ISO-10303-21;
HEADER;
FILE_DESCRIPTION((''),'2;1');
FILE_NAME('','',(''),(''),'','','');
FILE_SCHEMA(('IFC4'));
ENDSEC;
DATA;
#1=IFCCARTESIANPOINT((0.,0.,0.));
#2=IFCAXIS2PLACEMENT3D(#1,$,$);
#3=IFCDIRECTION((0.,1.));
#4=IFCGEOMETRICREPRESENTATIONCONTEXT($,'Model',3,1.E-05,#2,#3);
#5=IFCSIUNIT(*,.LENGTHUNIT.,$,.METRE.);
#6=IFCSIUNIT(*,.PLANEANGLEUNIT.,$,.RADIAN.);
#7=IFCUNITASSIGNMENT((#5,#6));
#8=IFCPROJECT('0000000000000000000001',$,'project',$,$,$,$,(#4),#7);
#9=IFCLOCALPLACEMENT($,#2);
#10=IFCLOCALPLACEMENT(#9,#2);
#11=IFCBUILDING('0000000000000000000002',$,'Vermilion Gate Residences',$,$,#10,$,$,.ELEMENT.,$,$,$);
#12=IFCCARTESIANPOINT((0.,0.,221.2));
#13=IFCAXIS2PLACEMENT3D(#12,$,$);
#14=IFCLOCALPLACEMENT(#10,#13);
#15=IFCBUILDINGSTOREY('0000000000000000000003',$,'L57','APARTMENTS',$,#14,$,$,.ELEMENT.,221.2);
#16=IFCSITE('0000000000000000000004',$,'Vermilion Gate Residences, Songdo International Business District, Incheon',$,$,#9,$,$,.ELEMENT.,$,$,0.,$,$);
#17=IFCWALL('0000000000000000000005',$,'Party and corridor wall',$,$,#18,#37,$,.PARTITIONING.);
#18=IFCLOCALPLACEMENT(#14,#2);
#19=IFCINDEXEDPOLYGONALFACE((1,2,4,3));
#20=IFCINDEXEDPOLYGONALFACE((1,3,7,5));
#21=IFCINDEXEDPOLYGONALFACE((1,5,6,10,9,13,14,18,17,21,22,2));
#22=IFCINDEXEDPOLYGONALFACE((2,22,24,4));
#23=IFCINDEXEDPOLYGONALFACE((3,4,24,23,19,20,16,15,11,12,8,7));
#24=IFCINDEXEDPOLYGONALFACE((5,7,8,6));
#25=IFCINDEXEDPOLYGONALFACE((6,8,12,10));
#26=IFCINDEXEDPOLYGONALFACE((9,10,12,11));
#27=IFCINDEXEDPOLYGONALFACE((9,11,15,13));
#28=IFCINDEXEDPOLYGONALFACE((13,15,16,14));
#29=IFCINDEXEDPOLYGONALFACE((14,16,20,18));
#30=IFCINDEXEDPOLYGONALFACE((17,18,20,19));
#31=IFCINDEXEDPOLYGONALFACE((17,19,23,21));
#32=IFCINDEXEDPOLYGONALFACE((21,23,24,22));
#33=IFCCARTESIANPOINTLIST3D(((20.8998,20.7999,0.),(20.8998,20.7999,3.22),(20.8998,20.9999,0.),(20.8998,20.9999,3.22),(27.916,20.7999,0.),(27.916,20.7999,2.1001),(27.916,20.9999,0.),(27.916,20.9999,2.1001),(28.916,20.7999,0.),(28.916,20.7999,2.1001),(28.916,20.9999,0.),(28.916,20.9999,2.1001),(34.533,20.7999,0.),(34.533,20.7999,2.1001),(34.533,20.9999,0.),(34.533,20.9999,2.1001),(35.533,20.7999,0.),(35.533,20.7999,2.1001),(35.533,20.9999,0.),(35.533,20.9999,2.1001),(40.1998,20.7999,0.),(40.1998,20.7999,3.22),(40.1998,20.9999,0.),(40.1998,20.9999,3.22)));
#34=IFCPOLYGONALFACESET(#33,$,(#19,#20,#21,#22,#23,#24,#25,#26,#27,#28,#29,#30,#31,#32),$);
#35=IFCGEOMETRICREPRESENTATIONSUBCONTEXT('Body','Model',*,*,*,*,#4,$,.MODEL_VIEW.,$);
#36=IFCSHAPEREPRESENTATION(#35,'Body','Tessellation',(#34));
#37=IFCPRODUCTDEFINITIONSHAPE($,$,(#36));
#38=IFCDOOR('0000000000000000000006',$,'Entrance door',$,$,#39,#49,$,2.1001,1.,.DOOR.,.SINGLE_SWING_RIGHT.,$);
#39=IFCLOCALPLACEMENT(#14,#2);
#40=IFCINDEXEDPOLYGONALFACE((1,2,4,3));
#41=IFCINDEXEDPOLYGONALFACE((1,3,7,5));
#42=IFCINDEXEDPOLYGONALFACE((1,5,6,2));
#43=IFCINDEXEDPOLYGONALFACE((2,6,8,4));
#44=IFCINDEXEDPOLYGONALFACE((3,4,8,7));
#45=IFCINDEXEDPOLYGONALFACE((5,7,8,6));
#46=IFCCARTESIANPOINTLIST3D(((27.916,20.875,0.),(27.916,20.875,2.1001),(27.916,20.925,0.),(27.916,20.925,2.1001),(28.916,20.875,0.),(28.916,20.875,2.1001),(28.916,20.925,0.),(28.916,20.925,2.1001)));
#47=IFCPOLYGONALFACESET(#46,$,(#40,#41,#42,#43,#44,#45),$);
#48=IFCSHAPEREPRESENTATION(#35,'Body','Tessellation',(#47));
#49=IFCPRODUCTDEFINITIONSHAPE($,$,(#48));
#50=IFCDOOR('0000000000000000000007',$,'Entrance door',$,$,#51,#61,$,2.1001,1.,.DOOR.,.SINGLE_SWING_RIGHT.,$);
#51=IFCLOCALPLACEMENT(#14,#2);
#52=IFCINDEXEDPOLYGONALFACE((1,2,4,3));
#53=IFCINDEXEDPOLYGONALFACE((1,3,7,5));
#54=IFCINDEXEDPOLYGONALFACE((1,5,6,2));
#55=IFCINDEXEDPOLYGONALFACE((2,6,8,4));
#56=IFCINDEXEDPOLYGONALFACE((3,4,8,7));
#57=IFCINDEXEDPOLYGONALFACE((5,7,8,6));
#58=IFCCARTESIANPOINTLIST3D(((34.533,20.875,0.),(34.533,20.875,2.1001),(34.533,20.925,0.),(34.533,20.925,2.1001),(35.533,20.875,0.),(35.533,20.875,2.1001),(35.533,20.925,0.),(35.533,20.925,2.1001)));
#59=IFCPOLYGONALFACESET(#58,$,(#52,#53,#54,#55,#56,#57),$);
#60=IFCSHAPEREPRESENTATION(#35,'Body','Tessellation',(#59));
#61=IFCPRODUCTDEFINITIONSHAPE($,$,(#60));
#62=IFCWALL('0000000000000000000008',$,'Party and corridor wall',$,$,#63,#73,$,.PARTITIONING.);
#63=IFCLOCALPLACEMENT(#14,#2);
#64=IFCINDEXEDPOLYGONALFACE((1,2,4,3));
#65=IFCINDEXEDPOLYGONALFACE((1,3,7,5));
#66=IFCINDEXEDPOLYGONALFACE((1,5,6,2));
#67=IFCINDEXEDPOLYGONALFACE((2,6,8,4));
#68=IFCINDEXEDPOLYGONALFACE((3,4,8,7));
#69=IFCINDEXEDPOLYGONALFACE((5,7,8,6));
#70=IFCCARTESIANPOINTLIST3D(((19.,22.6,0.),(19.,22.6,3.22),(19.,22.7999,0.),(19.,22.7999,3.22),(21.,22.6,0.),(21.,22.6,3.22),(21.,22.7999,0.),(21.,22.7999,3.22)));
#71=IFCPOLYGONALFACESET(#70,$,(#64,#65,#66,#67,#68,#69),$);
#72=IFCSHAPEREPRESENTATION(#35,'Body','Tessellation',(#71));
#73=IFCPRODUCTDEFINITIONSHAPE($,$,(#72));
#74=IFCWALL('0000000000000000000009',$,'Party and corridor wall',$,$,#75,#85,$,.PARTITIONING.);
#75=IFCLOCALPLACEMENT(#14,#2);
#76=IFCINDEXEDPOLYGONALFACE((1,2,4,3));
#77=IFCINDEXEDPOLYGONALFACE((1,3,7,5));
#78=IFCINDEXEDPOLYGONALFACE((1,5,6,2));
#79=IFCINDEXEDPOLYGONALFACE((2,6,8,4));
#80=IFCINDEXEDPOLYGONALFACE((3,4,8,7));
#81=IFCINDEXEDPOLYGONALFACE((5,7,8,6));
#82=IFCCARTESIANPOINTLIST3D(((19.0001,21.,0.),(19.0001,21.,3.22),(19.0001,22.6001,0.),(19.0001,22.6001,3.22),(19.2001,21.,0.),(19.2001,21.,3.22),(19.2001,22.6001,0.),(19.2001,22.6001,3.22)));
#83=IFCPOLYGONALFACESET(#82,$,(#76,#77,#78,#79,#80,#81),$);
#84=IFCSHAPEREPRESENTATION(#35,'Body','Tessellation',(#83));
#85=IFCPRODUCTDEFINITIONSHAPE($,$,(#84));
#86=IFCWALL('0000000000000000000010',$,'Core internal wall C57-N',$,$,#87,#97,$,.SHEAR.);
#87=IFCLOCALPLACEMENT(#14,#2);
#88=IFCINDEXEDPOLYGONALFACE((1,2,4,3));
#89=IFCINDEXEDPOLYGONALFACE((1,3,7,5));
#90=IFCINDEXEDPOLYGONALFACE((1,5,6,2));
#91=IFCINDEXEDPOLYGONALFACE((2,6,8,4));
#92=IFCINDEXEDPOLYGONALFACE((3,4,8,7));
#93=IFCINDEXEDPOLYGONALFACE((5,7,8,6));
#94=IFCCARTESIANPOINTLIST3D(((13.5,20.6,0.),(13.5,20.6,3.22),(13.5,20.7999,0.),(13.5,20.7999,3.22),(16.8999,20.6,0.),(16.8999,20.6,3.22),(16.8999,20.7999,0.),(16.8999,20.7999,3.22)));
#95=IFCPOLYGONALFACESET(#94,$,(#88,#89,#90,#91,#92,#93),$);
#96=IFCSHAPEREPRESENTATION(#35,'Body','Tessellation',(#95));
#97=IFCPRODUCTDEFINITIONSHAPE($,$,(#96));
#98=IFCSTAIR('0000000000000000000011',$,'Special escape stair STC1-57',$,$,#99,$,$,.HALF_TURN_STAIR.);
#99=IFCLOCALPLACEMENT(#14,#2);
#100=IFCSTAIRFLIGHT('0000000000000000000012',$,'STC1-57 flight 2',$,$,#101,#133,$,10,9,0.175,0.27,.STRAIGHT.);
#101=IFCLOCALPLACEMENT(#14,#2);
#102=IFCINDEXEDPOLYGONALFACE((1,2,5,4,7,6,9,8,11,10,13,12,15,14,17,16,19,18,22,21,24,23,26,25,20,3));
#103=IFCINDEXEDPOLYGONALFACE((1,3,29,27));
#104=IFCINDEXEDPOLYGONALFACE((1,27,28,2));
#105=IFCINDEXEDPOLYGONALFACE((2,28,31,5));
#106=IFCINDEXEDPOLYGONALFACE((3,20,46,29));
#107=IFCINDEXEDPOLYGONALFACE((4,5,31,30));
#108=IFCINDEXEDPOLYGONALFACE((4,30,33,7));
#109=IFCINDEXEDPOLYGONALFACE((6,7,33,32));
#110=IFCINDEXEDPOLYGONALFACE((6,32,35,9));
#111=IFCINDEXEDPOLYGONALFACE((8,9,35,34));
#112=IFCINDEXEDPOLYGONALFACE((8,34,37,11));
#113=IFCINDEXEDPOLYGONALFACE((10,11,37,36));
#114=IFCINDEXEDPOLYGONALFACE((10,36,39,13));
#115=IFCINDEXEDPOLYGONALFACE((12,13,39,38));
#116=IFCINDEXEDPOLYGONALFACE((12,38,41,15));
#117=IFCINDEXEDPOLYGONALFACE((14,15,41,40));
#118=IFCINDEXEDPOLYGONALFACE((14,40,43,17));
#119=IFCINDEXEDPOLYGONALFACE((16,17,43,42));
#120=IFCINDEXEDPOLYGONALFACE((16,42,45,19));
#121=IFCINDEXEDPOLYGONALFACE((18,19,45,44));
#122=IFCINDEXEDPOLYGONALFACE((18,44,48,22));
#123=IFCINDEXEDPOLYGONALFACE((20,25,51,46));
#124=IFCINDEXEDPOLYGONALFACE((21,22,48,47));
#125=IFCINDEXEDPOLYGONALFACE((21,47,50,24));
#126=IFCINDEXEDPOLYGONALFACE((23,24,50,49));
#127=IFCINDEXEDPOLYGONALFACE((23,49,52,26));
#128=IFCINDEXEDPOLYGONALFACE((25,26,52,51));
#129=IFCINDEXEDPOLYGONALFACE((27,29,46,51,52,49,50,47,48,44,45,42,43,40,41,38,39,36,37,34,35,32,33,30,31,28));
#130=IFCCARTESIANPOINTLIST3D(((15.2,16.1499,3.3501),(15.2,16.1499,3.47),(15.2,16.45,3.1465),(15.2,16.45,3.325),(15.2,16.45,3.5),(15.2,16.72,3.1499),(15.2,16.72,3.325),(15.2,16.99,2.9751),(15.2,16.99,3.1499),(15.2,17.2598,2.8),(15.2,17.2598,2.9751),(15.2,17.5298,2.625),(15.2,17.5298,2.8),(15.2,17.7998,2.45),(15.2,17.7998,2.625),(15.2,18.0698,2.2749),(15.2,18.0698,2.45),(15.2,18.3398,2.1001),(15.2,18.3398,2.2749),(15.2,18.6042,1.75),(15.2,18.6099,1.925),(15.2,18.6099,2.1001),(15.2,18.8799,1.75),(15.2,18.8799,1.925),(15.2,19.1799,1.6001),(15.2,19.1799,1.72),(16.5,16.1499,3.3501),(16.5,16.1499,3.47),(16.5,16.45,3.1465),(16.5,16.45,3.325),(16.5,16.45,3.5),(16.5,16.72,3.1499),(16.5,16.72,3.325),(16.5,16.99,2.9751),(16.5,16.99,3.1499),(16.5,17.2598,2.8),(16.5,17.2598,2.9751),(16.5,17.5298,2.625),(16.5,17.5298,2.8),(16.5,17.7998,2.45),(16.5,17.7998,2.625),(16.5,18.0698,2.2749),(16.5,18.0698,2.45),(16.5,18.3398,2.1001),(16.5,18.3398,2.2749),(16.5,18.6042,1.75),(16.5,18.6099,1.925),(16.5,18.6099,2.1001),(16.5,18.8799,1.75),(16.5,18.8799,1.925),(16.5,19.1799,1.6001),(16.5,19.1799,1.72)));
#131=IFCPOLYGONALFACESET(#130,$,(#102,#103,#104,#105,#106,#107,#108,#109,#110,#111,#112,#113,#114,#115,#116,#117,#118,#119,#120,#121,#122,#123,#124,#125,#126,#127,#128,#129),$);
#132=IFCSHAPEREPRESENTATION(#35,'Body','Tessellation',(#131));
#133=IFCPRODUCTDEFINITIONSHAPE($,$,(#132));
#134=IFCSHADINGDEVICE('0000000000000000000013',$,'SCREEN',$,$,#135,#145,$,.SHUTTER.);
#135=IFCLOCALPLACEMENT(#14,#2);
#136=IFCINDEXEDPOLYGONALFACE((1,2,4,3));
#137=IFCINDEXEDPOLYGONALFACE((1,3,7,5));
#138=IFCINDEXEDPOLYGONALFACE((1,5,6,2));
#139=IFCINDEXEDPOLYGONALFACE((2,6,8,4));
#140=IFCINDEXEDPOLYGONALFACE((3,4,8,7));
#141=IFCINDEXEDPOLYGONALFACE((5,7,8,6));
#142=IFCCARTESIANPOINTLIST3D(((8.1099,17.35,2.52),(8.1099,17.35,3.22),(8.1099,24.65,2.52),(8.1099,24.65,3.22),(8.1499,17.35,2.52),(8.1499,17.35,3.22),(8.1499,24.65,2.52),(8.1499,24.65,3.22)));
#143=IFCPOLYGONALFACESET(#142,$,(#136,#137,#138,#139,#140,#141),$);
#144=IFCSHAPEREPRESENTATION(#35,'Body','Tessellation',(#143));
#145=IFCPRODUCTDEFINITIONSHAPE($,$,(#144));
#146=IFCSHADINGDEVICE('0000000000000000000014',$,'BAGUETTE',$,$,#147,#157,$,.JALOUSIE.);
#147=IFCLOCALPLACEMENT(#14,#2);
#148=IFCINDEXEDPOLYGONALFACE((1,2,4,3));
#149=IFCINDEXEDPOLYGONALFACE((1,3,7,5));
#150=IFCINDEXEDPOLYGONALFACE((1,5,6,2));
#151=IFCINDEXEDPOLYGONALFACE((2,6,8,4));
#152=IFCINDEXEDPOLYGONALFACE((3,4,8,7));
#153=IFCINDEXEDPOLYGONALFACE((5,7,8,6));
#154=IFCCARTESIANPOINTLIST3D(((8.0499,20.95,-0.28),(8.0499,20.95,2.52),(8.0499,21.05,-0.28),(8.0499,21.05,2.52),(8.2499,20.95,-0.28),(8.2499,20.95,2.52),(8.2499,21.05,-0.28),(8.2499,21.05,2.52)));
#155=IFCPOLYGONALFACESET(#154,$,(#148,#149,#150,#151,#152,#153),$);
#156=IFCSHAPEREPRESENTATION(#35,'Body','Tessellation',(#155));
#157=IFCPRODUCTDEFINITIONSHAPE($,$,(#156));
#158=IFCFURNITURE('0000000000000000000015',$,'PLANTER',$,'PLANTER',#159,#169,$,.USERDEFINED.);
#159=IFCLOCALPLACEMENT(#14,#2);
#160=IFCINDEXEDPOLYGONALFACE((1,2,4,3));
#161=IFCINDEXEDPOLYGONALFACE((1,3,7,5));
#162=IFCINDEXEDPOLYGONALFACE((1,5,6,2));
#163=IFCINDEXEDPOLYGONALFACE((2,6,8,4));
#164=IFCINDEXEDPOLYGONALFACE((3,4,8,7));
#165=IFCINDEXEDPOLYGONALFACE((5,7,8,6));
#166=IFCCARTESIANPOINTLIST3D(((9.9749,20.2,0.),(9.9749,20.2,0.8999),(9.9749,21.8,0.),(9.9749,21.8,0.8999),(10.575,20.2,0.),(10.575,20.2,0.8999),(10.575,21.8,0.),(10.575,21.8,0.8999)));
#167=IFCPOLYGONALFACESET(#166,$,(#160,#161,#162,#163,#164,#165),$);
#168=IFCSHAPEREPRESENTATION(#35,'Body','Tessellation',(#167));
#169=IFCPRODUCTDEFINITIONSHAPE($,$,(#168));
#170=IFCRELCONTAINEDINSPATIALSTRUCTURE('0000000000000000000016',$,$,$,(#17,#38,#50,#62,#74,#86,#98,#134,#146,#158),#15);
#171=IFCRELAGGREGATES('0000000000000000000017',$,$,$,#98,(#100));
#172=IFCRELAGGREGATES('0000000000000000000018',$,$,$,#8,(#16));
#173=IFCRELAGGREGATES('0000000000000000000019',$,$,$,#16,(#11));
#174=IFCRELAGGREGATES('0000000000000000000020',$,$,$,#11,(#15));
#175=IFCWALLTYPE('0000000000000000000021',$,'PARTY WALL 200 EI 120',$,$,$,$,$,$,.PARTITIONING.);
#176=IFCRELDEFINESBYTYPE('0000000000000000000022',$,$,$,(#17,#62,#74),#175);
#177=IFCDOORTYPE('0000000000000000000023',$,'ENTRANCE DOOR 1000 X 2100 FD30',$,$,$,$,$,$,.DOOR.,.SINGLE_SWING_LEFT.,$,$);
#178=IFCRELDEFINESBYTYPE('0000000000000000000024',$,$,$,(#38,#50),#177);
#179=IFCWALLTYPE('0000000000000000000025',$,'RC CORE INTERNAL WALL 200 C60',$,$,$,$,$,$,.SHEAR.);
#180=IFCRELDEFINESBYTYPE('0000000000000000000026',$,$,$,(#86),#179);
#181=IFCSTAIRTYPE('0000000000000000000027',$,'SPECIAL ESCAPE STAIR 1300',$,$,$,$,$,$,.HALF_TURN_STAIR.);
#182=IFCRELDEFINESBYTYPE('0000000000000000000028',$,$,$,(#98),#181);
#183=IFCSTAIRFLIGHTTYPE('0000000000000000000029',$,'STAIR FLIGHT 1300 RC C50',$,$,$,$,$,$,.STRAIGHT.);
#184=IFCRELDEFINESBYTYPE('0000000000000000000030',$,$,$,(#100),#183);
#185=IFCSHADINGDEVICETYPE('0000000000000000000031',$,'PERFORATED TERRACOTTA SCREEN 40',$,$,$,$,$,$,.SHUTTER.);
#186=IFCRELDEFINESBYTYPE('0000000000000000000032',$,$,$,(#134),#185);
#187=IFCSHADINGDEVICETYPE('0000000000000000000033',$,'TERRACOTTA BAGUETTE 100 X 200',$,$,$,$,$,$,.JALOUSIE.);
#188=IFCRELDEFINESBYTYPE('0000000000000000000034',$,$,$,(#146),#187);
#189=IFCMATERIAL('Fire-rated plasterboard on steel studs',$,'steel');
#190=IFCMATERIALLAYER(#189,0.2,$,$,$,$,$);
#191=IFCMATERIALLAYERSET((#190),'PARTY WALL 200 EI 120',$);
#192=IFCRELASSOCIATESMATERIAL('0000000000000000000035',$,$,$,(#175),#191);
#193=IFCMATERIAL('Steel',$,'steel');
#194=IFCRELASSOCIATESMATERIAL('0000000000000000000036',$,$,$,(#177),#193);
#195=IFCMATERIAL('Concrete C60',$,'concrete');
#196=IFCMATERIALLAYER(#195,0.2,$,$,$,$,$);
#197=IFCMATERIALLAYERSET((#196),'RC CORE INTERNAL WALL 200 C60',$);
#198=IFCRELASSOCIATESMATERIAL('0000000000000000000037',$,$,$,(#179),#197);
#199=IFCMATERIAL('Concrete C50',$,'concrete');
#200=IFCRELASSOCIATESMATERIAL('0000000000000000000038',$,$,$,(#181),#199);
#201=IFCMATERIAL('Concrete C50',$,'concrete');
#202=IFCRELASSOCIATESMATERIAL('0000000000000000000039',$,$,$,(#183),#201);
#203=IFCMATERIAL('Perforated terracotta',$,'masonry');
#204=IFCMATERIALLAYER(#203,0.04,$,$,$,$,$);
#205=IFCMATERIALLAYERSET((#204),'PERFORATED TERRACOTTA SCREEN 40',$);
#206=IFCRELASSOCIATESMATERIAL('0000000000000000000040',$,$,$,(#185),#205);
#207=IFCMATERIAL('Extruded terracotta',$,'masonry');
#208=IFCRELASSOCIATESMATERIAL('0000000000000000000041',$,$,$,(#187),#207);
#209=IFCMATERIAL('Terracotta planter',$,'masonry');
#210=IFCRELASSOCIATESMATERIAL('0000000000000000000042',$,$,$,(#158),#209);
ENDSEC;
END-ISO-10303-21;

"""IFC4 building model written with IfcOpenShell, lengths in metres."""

from ifc_helpers import new_model, si_unit, direction, frame, frame_2d, origin, origin_2d, place, context, subcontext, project, spatial, polyline, rectangle, outline, extrude, material, layer, layer_set, material_profile, profile_set, type_object, element, fill, aggregate, save


model = new_model("IFC4")

# Units and contexts
model_context = context("Model", 3, precision=1e-05, world=origin(), true_north=direction((0.0, 1.0)))
body_context = subcontext(model_context, "Body", "Model", "MODEL_VIEW")
ifc_project = project(units=[si_unit("LENGTHUNIT", "METRE"), si_unit("PLANEANGLEUNIT", "RADIAN")], contexts=[model_context])

# Site, building, storey
site_placement = place(None, origin())
site = spatial("IfcSite", under=ifc_project, at=site_placement, Name="Vermilion Gate Residences, Songdo International Business District, Incheon", CompositionType="ELEMENT", RefElevation=0.0)
building_placement = place(site_placement, origin())
building = spatial("IfcBuilding", under=site, at=building_placement, Name="Vermilion Gate Residences", CompositionType="ELEMENT")
storey_placement = place(building_placement, frame((0.0, 0.0, 221.2)))
storey = spatial("IfcBuildingStorey", under=building, at=storey_placement, Name="L57", Description="APARTMENTS", CompositionType="ELEMENT", Elevation=221.2)

# Shared definitions
ifc_material_1 = material(Name="Fire-rated plasterboard on steel studs", Category="steel")
ifc_layer_1 = layer(ifc_material_1, 0.2)
ifc_layer_set_1 = layer_set([ifc_layer_1], Name="PARTY WALL 200 EI 120")
wall_type_1 = type_object("IfcWallType", Name="PARTY WALL 200 EI 120", PredefinedType="PARTITIONING", material=ifc_layer_set_1)

# Wall, openings, doors
wall_1_placement = place(storey_placement, frame((20.8999, 20.8999, 0.0), z_axis=(0.0, 0.0, 1.0), x_axis=(1.0, 0.0, 0.0)))
wall_1 = element("IfcWall", 1, at=wall_1_placement, inside=storey, type_object=wall_type_1, Name="Party and corridor wall", PredefinedType="PARTITIONING", context=body_context, shape_type="SweptSolid", body=[
    extrude(rectangle(XDim=19.3, YDim=0.2, at=frame_2d((9.6499, 0.0))), origin(), (0.0, 0.0, 1.0), 3.22),
])
opening_1_placement = place(wall_1_placement, frame((7.0161, 0.0, 0.0)))
opening_1 = element("IfcOpeningElement", 2, at=opening_1_placement, cuts=wall_1, PredefinedType="OPENING", context=body_context, shape_type="SweptSolid", body=[
    extrude(rectangle(XDim=1.0, YDim=2.1001, at=frame_2d((0.5, 1.05))), frame((0.0, 0.1099, 0.0), z_axis=(0.0, -1.0, 0.0), x_axis=(1.0, 0.0, 0.0)), (0.0, 0.0, 1.0), 0.22),
])
opening_2_placement = place(wall_1_placement, frame((13.6331, 0.0, 0.0)))
opening_2 = element("IfcOpeningElement", 3, at=opening_2_placement, cuts=wall_1, PredefinedType="OPENING", context=body_context, shape_type="SweptSolid", body=[
    extrude(rectangle(XDim=1.0, YDim=2.1001, at=frame_2d((0.5, 1.05))), frame((0.0, 0.1099, 0.0), z_axis=(0.0, -1.0, 0.0), x_axis=(1.0, 0.0, 0.0)), (0.0, 0.0, 1.0), 0.22),
])
ifc_material_2 = material(Name="Steel", Category="steel")
door_type_1 = type_object("IfcDoorType", Name="ENTRANCE DOOR 1000 X 2100 FD30", OperationType="SINGLE_SWING_LEFT", PredefinedType="DOOR", material=ifc_material_2)
door_1_placement = place(opening_1_placement, frame((1.0, 0.0, 0.0), z_axis=(0.0, 0.0, 1.0), x_axis=(-1.0, 0.0, 0.0)))
door_1 = element("IfcDoor", 4, at=door_1_placement, inside=storey, type_object=door_type_1, Name="Entrance door", OperationType="SINGLE_SWING_RIGHT", OverallHeight=2.1001, OverallWidth=1.0, PredefinedType="DOOR", context=body_context, shape_type="SweptSolid", body=[
    extrude(rectangle(XDim=1.0, YDim=2.1001, at=frame_2d((0.5, 1.05))), frame((0.0, 0.0249, 0.0), z_axis=(0.0, -1.0, 0.0), x_axis=(1.0, 0.0, 0.0)), (0.0, 0.0, 1.0), 0.05),
])
fill(opening_1, door_1)
door_2_placement = place(opening_2_placement, frame((1.0, 0.0, 0.0), z_axis=(0.0, 0.0, 1.0), x_axis=(-1.0, 0.0, 0.0)))
door_2 = element("IfcDoor", 5, at=door_2_placement, inside=storey, type_object=door_type_1, Name="Entrance door", OperationType="SINGLE_SWING_RIGHT", OverallHeight=2.1001, OverallWidth=1.0, PredefinedType="DOOR", context=body_context, shape_type="SweptSolid", body=[
    extrude(rectangle(XDim=1.0, YDim=2.1001, at=frame_2d((0.5, 1.05))), frame((0.0, 0.0249, 0.0), z_axis=(0.0, -1.0, 0.0), x_axis=(1.0, 0.0, 0.0)), (0.0, 0.0, 1.0), 0.05),
])
fill(opening_2, door_2)

# Walls
wall_2_placement = place(storey_placement, frame((19.0, 22.7, 0.0), z_axis=(0.0, 0.0, 1.0), x_axis=(1.0, 0.0, 0.0)))
element("IfcWall", 6, at=wall_2_placement, inside=storey, type_object=wall_type_1, Name="Party and corridor wall", PredefinedType="PARTITIONING", context=body_context, shape_type="SweptSolid", body=[
    extrude(rectangle(XDim=2.0, YDim=0.2, at=frame_2d((1.0, 0.0))), origin(), (0.0, 0.0, 1.0), 3.22),
])
wall_3_placement = place(storey_placement, frame((19.1001, 21.0, 0.0), z_axis=(0.0, 0.0, 1.0), x_axis=(0.0, 1.0, 0.0)))
element("IfcWall", 7, at=wall_3_placement, inside=storey, type_object=wall_type_1, Name="Party and corridor wall", PredefinedType="PARTITIONING", context=body_context, shape_type="SweptSolid", body=[
    extrude(rectangle(XDim=1.6001, YDim=0.2, at=frame_2d((0.8, 0.0))), origin(), (0.0, 0.0, 1.0), 3.22),
])
ifc_material_3 = material(Name="Concrete C60", Category="concrete")
ifc_layer_2 = layer(ifc_material_3, 0.2)
ifc_layer_set_2 = layer_set([ifc_layer_2], Name="RC CORE INTERNAL WALL 200 C60")
wall_type_2 = type_object("IfcWallType", Name="RC CORE INTERNAL WALL 200 C60", PredefinedType="SHEAR", material=ifc_layer_set_2)
wall_4_placement = place(storey_placement, frame((13.5, 20.7, 0.0), z_axis=(0.0, 0.0, 1.0), x_axis=(1.0, 0.0, 0.0)))
element("IfcWall", 8, at=wall_4_placement, inside=storey, type_object=wall_type_2, Name="Core internal wall C57-N", PredefinedType="SHEAR", context=body_context, shape_type="SweptSolid", body=[
    extrude(rectangle(XDim=3.3999, YDim=0.2, at=frame_2d((1.7, 0.0))), origin(), (0.0, 0.0, 1.0), 3.22),
])

# Stair, stair flight
ifc_material_4 = material(Name="Concrete C50", Category="concrete")
stair_type = type_object("IfcStairType", Name="SPECIAL ESCAPE STAIR 1300", PredefinedType="HALF_TURN_STAIR", material=ifc_material_4)
stair_placement = place(storey_placement, origin())
stair = element("IfcStair", 9, at=stair_placement, inside=storey, type_object=stair_type, Name="Special escape stair STC1-57", PredefinedType="HALF_TURN_STAIR")
ifc_material_5 = material(Name="Concrete C50", Category="concrete")
stair_flight_type = type_object("IfcStairFlightType", Name="STAIR FLIGHT 1300 RC C50", PredefinedType="STRAIGHT", material=ifc_material_5)
stair_flight_placement = place(storey_placement, frame((15.8501, 18.8799, 1.75), z_axis=(0.0, 0.0, 1.0), x_axis=(0.0, -1.0, 0.0)))
stair_flight = element("IfcStairFlight", 10, at=stair_flight_placement, type_object=stair_flight_type, Name="STC1-57 flight 2", NumberOfRisers=10, NumberOfTreads=9, PredefinedType="STRAIGHT", RiserHeight=0.175, TreadLength=0.27, context=body_context, shape_type="SweptSolid", body=[
    extrude(outline(polyline([(-0.3, -0.1499), (-0.3, -0.03), (0.0, 0.0), (0.0, 0.175), (0.27, 0.175), (0.27, 0.3501), (0.54, 0.3501), (0.54, 0.5249), (0.8101, 0.5249), (0.8101, 0.7), (1.0801, 0.7), (1.0801, 0.875), (1.3501, 0.875), (1.3501, 1.05), (1.6201, 1.05), (1.6201, 1.2251), (1.8899, 1.2251), (1.8899, 1.3999), (2.1599, 1.3999), (2.1599, 1.575), (2.4299, 1.575), (2.4299, 1.75), (2.73, 1.72), (2.73, 1.6001), (2.4299, 1.3965), (0.2756, 0.0), (-0.3, -0.1499)])), frame((0.0, 0.6499, 0.0), z_axis=(0.0, -1.0, 0.0), x_axis=(1.0, 0.0, 0.0)), (0.0, 0.0, 1.0), 1.3),
])
aggregate(stair, [stair_flight])

# Shading devices
ifc_material_6 = material(Name="Perforated terracotta", Category="masonry")
ifc_layer_3 = layer(ifc_material_6, 0.04)
ifc_layer_set_3 = layer_set([ifc_layer_3], Name="PERFORATED TERRACOTTA SCREEN 40")
shading_device_type_1 = type_object("IfcShadingDeviceType", Name="PERFORATED TERRACOTTA SCREEN 40", PredefinedType="SHUTTER", material=ifc_layer_set_3)
shading_device_1_placement = place(storey_placement, frame((8.1299, 21.0, 2.52), z_axis=(0.0, 0.0, 1.0), x_axis=(0.0, -1.0, 0.0)))
element("IfcShadingDevice", 11, at=shading_device_1_placement, inside=storey, type_object=shading_device_type_1, Name="SCREEN", PredefinedType="SHUTTER", context=body_context, shape_type="SweptSolid", body=[
    extrude(rectangle(XDim=7.3, YDim=0.04, at=origin_2d()), origin(), (0.0, 0.0, 1.0), 0.7),
])
ifc_material_7 = material(Name="Extruded terracotta", Category="masonry")
ifc_material_profile_1 = material_profile(ifc_material_7, rectangle(XDim=0.2, YDim=0.1001, at=origin_2d()), Name="BAGUETTE 100 X 200")
ifc_profile_set_1 = profile_set([ifc_material_profile_1], Name="Extruded terracotta")
shading_device_type_2 = type_object("IfcShadingDeviceType", Name="TERRACOTTA BAGUETTE 100 X 200", PredefinedType="JALOUSIE", material=ifc_profile_set_1)
shading_device_2_placement = place(storey_placement, frame((8.1499, 21.0, -0.28), z_axis=(0.0, 0.0, 1.0), x_axis=(1.0, 0.0, 0.0)))
element("IfcShadingDevice", 12, at=shading_device_2_placement, inside=storey, type_object=shading_device_type_2, Name="BAGUETTE", PredefinedType="JALOUSIE", context=body_context, shape_type="SweptSolid", body=[
    extrude(rectangle(XDim=0.2, YDim=0.1001, at=origin_2d()), origin(), (0.0, 0.0, 1.0), 2.8),
])

# Furniture
ifc_material_8 = material(Name="Terracotta planter", Category="masonry")
furniture_placement = place(storey_placement, frame((10.2749, 21.0, 0.0), z_axis=(0.0, 0.0, 1.0), x_axis=(0.0, -1.0, 0.0)))
element("IfcFurniture", 13, at=furniture_placement, inside=storey, material=ifc_material_8, Name="PLANTER", ObjectType="PLANTER", PredefinedType="USERDEFINED", context=body_context, shape_type="SweptSolid", body=[
    extrude(rectangle(XDim=1.6001, YDim=0.6001, at=origin_2d()), origin(), (0.0, 0.0, 1.0), 0.8999),
])

save(model, "model.ifc")
